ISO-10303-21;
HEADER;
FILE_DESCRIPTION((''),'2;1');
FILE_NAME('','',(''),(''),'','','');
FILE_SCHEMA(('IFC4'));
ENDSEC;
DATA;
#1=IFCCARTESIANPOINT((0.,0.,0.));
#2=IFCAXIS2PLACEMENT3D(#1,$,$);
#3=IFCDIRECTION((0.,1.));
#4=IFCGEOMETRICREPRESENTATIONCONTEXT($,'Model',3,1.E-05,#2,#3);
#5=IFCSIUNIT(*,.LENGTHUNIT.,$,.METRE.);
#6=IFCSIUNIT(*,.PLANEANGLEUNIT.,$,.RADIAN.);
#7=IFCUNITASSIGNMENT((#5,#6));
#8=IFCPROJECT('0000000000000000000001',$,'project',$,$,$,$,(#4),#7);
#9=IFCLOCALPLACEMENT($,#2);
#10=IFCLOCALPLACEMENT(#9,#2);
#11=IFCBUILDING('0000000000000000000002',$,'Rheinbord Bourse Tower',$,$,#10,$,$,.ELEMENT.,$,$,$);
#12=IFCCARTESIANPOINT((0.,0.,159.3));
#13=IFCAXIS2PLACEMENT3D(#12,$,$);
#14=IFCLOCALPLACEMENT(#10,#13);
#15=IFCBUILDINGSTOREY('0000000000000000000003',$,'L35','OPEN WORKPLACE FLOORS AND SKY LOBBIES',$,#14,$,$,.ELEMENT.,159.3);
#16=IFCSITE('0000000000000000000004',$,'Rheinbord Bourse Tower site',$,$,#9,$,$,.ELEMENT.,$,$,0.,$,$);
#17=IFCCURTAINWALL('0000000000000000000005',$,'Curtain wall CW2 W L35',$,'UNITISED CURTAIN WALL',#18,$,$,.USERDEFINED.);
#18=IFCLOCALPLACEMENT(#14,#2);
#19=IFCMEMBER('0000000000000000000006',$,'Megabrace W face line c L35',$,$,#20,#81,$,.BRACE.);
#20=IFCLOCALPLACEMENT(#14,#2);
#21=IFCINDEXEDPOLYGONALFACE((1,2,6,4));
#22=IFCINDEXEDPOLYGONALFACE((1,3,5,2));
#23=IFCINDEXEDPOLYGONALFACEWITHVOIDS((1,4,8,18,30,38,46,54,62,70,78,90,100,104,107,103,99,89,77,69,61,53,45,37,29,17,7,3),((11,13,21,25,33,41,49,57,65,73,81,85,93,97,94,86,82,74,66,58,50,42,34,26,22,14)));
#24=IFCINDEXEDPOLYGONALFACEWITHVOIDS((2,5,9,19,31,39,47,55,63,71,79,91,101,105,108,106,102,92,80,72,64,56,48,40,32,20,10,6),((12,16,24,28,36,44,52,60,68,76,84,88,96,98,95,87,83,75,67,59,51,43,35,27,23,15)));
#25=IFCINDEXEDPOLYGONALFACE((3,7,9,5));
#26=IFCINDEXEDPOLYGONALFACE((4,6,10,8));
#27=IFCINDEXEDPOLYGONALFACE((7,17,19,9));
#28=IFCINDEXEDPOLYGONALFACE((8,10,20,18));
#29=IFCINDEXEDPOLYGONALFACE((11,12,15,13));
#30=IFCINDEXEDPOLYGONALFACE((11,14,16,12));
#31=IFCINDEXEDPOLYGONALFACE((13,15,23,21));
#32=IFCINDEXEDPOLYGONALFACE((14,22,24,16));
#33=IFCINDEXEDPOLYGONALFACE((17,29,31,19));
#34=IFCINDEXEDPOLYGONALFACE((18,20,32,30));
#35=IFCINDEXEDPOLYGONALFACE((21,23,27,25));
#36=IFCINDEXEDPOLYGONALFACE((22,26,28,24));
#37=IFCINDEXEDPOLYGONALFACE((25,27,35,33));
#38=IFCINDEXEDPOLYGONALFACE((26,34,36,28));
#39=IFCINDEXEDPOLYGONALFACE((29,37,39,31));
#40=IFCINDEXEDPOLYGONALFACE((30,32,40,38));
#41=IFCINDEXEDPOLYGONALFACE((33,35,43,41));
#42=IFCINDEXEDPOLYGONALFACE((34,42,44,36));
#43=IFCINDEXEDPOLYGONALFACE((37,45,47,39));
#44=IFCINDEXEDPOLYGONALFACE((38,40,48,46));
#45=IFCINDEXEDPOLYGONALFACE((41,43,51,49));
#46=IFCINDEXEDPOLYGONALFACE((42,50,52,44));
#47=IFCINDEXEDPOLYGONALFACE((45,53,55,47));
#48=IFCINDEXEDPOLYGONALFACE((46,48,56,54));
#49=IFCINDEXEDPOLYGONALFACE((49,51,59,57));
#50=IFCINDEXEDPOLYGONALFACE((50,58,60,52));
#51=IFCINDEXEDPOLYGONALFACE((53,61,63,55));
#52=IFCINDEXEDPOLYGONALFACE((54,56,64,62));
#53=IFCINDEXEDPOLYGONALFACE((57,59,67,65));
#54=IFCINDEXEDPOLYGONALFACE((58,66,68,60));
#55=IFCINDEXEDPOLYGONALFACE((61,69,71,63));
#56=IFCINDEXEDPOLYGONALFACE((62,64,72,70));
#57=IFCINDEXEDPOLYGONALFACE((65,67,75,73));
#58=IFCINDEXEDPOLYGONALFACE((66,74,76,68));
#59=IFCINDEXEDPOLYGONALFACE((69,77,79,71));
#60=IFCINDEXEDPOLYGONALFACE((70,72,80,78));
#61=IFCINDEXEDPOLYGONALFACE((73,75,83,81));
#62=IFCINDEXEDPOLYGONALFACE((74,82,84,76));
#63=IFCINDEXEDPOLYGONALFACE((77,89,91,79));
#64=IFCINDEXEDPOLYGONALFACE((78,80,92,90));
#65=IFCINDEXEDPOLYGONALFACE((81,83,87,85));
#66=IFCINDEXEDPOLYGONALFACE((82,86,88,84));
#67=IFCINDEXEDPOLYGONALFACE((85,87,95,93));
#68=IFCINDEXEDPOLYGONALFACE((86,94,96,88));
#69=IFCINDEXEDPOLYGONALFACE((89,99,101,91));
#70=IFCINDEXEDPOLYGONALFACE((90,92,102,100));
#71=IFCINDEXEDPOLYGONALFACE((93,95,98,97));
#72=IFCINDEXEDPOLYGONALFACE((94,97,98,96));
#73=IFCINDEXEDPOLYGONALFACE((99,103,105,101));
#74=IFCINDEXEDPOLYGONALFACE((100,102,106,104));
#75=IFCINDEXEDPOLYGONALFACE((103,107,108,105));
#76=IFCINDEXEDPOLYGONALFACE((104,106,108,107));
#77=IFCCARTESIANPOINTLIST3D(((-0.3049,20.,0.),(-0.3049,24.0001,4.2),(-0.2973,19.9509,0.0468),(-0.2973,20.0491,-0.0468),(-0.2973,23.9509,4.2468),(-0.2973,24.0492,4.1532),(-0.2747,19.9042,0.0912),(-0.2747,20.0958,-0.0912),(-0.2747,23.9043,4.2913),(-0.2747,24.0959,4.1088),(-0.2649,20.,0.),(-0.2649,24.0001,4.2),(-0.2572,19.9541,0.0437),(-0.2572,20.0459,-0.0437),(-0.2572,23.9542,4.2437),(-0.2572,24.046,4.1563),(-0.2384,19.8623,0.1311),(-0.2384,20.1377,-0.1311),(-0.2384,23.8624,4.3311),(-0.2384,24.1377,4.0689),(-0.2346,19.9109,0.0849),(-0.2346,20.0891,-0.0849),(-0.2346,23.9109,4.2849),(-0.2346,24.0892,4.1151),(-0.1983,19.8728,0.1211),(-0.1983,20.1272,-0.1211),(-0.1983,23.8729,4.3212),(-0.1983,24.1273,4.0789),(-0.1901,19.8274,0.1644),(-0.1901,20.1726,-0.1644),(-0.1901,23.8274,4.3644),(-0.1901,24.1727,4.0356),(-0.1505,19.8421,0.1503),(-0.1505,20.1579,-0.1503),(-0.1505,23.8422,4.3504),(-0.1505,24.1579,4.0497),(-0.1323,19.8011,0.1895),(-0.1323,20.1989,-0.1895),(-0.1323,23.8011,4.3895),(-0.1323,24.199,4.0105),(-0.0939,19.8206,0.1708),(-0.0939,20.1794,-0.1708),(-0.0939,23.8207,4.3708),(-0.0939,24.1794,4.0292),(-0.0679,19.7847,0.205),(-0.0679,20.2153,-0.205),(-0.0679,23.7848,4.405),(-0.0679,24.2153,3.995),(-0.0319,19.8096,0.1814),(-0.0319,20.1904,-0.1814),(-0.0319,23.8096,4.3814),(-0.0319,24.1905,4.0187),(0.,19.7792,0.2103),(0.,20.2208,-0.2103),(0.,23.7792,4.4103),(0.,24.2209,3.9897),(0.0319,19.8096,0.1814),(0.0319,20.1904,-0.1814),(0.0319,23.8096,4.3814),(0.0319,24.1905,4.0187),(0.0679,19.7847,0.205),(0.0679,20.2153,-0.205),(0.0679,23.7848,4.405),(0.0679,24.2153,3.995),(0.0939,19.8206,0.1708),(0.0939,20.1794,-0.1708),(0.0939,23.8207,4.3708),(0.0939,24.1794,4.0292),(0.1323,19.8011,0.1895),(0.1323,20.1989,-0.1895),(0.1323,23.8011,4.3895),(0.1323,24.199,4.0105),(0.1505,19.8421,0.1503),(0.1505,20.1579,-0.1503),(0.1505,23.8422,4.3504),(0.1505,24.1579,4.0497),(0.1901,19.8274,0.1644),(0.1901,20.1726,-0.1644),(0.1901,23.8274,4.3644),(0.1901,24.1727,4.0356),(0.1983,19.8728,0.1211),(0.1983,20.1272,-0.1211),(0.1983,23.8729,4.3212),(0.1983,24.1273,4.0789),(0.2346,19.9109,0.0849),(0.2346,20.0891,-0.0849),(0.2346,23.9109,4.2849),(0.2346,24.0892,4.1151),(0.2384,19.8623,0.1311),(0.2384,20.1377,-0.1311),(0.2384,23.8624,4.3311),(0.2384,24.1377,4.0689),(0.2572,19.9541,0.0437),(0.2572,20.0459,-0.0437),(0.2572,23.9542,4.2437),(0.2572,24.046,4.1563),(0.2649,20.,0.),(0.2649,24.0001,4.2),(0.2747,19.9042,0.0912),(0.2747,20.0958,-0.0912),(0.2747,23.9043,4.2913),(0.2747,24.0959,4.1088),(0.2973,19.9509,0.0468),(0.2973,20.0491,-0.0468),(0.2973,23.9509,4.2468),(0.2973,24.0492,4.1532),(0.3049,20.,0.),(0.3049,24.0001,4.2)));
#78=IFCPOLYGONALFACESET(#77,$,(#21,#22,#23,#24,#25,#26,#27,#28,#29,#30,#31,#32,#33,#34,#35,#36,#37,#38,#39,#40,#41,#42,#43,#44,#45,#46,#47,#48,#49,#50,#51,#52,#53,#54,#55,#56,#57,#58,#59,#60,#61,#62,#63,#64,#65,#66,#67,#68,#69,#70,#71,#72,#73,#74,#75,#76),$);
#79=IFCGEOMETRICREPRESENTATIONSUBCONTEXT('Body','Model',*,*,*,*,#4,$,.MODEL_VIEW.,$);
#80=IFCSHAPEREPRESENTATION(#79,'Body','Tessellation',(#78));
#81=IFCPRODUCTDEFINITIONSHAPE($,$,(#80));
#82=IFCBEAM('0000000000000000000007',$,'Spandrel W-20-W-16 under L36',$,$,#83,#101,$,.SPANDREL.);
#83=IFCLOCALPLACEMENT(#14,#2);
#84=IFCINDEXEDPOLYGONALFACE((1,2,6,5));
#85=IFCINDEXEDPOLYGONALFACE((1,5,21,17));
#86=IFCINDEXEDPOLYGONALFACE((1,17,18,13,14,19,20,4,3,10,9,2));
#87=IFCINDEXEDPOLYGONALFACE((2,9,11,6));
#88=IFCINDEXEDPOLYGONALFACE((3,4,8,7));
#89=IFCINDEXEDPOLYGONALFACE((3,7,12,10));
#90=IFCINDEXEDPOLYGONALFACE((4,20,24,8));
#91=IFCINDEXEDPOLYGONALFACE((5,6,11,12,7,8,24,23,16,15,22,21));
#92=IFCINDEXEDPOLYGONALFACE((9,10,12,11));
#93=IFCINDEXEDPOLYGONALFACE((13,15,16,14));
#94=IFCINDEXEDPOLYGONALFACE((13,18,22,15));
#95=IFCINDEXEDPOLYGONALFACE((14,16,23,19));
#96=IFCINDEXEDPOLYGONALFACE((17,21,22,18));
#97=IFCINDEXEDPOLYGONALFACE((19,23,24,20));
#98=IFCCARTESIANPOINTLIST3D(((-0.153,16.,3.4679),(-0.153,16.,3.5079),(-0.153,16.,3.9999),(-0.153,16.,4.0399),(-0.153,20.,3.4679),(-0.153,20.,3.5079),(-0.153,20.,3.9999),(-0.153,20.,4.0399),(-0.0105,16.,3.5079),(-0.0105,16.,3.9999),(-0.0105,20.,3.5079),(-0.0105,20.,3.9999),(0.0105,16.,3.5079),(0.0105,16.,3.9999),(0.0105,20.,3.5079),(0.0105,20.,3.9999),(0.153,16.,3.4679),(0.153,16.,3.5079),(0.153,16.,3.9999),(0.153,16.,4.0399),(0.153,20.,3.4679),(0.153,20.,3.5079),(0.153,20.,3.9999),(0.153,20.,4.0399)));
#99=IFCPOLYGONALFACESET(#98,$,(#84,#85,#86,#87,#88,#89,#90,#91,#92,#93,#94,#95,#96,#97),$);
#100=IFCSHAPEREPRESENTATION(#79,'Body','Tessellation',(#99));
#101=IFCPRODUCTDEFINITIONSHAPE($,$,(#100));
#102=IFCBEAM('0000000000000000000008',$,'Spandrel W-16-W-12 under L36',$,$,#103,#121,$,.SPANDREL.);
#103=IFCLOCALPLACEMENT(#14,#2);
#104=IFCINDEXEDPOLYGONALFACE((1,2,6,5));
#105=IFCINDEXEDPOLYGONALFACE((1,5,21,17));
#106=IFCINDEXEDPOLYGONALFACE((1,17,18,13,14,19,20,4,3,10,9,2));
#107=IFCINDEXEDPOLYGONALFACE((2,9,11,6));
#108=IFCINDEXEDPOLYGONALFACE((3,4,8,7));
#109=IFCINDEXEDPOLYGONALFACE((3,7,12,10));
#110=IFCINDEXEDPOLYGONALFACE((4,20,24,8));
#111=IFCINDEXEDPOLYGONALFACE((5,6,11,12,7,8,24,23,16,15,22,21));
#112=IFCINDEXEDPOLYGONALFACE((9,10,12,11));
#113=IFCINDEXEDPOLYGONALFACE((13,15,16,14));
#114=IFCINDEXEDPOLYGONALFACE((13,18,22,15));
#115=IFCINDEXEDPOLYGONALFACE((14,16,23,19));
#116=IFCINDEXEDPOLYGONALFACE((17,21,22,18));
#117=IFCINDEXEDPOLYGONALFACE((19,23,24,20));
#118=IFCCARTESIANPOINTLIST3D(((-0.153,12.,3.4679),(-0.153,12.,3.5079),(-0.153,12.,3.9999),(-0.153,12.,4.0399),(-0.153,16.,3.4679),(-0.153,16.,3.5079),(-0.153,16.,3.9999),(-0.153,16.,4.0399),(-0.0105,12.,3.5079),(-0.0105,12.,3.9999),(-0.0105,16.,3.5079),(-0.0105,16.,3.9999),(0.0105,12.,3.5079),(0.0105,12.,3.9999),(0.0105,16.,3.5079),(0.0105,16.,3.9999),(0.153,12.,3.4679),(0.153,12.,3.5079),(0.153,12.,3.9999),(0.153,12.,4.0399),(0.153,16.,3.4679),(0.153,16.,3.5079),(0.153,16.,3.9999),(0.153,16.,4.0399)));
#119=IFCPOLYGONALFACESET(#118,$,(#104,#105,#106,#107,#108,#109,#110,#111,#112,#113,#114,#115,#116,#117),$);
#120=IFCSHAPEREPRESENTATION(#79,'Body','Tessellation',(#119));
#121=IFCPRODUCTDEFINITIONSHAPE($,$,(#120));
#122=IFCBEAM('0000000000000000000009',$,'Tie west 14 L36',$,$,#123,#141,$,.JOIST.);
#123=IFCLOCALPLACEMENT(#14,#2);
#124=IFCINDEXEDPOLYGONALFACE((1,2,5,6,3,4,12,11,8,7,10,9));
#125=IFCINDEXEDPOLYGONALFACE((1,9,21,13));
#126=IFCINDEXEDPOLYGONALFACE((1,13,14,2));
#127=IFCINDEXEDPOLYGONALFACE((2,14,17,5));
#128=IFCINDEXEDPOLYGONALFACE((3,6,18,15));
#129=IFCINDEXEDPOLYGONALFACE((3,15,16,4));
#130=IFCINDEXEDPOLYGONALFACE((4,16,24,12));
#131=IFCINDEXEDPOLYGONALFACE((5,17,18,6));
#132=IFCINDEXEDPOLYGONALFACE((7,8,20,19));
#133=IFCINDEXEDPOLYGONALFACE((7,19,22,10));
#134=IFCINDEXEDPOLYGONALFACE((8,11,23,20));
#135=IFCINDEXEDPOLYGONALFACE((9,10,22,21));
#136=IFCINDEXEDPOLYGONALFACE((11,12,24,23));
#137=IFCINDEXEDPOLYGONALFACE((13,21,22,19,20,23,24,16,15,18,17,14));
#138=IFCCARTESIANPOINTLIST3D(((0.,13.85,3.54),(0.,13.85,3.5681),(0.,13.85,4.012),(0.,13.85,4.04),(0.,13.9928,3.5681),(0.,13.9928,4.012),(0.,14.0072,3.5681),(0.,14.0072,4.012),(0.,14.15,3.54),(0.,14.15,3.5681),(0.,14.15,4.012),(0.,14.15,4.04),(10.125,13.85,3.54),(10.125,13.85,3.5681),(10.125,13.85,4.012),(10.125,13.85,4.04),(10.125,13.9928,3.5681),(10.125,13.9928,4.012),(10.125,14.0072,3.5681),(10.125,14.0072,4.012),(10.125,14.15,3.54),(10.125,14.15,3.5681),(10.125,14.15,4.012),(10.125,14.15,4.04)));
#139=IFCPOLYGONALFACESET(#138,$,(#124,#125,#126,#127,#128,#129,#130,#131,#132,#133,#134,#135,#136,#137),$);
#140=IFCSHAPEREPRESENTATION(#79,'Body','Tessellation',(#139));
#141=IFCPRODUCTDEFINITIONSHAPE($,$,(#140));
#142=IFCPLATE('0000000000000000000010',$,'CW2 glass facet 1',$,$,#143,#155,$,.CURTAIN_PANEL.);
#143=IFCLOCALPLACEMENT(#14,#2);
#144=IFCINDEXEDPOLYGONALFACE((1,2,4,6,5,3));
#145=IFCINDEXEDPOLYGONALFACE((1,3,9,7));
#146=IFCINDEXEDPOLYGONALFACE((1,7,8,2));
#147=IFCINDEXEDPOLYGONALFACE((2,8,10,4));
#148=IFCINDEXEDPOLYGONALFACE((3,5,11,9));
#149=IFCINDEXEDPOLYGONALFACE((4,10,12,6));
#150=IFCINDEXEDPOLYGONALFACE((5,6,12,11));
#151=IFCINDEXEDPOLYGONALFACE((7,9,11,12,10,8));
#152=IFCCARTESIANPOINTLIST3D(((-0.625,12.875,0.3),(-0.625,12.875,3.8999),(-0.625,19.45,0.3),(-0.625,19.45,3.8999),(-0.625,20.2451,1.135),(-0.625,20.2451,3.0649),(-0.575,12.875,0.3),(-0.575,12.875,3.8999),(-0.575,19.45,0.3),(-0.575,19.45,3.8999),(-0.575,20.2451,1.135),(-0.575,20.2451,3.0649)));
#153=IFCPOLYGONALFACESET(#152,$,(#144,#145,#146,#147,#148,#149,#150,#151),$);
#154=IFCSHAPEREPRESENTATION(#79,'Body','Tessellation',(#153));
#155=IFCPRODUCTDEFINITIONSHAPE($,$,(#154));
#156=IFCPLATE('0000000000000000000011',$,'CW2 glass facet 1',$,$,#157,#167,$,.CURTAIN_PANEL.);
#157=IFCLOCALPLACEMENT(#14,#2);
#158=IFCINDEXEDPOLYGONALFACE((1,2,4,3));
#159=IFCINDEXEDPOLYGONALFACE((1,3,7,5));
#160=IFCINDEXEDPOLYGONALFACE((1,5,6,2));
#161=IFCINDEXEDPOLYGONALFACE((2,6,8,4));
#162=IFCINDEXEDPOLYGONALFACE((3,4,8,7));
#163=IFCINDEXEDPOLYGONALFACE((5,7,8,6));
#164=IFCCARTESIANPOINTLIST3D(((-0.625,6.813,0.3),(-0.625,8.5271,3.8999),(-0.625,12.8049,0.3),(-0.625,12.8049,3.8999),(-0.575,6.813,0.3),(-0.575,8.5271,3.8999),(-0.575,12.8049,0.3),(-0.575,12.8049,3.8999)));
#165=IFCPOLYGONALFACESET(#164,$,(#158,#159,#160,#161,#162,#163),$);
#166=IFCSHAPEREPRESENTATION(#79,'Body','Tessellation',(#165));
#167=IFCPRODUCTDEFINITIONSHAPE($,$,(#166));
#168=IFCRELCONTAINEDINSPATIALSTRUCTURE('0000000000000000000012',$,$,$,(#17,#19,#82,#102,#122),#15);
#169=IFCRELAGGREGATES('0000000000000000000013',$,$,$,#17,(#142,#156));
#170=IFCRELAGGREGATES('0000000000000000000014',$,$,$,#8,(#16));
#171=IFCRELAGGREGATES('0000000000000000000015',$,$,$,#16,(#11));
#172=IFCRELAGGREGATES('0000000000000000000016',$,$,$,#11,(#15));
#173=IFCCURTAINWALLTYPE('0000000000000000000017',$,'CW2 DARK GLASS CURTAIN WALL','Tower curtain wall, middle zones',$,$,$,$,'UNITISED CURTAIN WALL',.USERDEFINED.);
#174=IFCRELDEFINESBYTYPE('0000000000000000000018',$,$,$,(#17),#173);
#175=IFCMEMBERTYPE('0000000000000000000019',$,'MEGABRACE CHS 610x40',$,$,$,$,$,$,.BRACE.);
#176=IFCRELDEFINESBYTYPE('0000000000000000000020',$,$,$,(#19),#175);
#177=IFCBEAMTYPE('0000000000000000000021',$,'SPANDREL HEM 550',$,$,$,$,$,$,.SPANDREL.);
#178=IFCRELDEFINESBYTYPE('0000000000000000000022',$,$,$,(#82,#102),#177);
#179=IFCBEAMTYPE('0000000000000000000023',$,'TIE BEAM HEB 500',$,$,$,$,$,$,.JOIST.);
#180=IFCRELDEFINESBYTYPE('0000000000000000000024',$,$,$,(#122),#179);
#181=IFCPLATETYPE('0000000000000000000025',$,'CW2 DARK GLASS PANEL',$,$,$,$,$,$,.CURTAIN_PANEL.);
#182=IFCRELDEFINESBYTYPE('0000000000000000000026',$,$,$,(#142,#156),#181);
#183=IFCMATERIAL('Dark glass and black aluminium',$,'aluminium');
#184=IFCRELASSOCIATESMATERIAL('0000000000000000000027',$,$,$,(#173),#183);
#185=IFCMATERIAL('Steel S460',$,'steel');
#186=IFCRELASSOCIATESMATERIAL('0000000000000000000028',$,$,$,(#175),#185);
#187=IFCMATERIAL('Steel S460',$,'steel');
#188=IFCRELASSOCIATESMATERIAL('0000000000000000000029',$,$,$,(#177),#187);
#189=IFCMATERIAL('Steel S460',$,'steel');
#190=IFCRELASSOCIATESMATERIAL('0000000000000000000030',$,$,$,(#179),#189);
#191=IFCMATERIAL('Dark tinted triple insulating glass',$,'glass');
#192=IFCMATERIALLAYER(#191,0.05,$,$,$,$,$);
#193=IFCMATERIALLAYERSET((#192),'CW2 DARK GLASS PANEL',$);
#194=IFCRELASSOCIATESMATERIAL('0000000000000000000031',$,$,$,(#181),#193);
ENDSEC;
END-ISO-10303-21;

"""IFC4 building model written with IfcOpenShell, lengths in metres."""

from ifc_helpers import new_model, si_unit, direction, frame, origin, origin_2d, place, context, subcontext, project, spatial, polyline, hollow_circle, i_section, outline, extrude, material, layer, layer_set, material_profile, profile_set, type_object, element, aggregate, save


model = new_model("IFC4")

# Units and contexts
model_context = context("Model", 3, precision=1e-05, world=origin(), true_north=direction((0.0, 1.0)))
body_context = subcontext(model_context, "Body", "Model", "MODEL_VIEW")
ifc_project = project(units=[si_unit("LENGTHUNIT", "METRE"), si_unit("PLANEANGLEUNIT", "RADIAN")], contexts=[model_context])

# Site, building, storey
site_placement = place(None, origin())
site = spatial("IfcSite", under=ifc_project, at=site_placement, Name="Rheinbord Bourse Tower site", CompositionType="ELEMENT", RefElevation=0.0)
building_placement = place(site_placement, origin())
building = spatial("IfcBuilding", under=site, at=building_placement, Name="Rheinbord Bourse Tower", CompositionType="ELEMENT")
storey_placement = place(building_placement, frame((0.0, 0.0, 159.3)))
storey = spatial("IfcBuildingStorey", under=building, at=storey_placement, Name="L35", Description="OPEN WORKPLACE FLOORS AND SKY LOBBIES", CompositionType="ELEMENT", Elevation=159.3)

# Curtain wall
ifc_material_1 = material(Name="Dark glass and black aluminium", Category="aluminium")
curtain_wall_type = type_object("IfcCurtainWallType", Name="CW2 DARK GLASS CURTAIN WALL", Description="Tower curtain wall, middle zones", ElementType="UNITISED CURTAIN WALL", PredefinedType="USERDEFINED", material=ifc_material_1)
curtain_wall_placement = place(storey_placement, origin())
curtain_wall = element("IfcCurtainWall", 1, at=curtain_wall_placement, inside=storey, type_object=curtain_wall_type, Name="Curtain wall CW2 W L35", ObjectType="UNITISED CURTAIN WALL", PredefinedType="USERDEFINED")

# Member
ifc_material_2 = material(Name="Steel S460", Category="steel")
ifc_material_profile_1 = material_profile(ifc_material_2, hollow_circle(Radius=0.3049, WallThickness=0.04, at=origin_2d()), Name="CHS 610x40")
ifc_profile_set_1 = profile_set([ifc_material_profile_1], Name="Steel S460")
member_type_1 = type_object("IfcMemberType", Name="MEGABRACE CHS 610x40", PredefinedType="BRACE", material=ifc_profile_set_1)
member_1_placement = place(storey_placement, frame((0.0, 20.0, 0.0), z_axis=(0.0, 0.689659, 0.724134), x_axis=(-1.0, 0.0, 0.0)))
element("IfcMember", 2, at=member_1_placement, inside=storey, type_object=member_type_1, Name="Megabrace W face line c L35", PredefinedType="BRACE", context=body_context, shape_type="SweptSolid", body=[
    extrude(hollow_circle(Radius=0.3049, WallThickness=0.04, at=origin_2d()), origin(), (0.0, 0.0, 1.0), 5.8),
])

# Beams
ifc_material_3 = material(Name="Steel S460", Category="steel")
ifc_material_profile_2 = material_profile(ifc_material_3, i_section(OverallWidth=0.3059, OverallDepth=0.572, WebThickness=0.021, FlangeThickness=0.04, at=origin_2d()), Name="HEM 550")
ifc_profile_set_2 = profile_set([ifc_material_profile_2], Name="Steel S460")
beam_type_1 = type_object("IfcBeamType", Name="SPANDREL HEM 550", PredefinedType="SPANDREL", material=ifc_profile_set_2)
for number, where, z_axis, x_axis, name in (
    (3, (0.0, 20.0, 3.7539), (0.0, -1.0, 0.0), (1.0, 0.0, 0.0), "Spandrel W-20-W-16 under L36"),
    (4, (0.0, 16.0, 3.7539), (0.0, -1.0, 0.0), (1.0, 0.0, 0.0), "Spandrel W-16-W-12 under L36"),
):
    element("IfcBeam", number, at=place(storey_placement, frame(where, z_axis=z_axis, x_axis=x_axis)), inside=storey, type_object=beam_type_1, Name=name, PredefinedType="SPANDREL", context=body_context, shape_type="SweptSolid", body=[
        extrude(i_section(OverallWidth=0.3059, OverallDepth=0.572, WebThickness=0.021, FlangeThickness=0.04, at=origin_2d()), origin(), (0.0, 0.0, 1.0), 4.0),
    ])
ifc_material_4 = material(Name="Steel S460", Category="steel")
ifc_material_profile_3 = material_profile(ifc_material_4, i_section(OverallWidth=0.3, OverallDepth=0.5, WebThickness=0.0144, FlangeThickness=0.0281, at=origin_2d()), Name="HEB 500")
ifc_profile_set_3 = profile_set([ifc_material_profile_3], Name="Steel S460")
beam_type_2 = type_object("IfcBeamType", Name="TIE BEAM HEB 500", PredefinedType="JOIST", material=ifc_profile_set_3)
beam_1_placement = place(storey_placement, frame((0.0, 14.0, 3.79), z_axis=(1.0, 0.0, 0.0), x_axis=(0.0, 1.0, 0.0)))
element("IfcBeam", 5, at=beam_1_placement, inside=storey, type_object=beam_type_2, Name="Tie west 14 L36", PredefinedType="JOIST", context=body_context, shape_type="SweptSolid", body=[
    extrude(i_section(OverallWidth=0.3, OverallDepth=0.5, WebThickness=0.0144, FlangeThickness=0.0281, at=origin_2d()), origin(), (0.0, 0.0, 1.0), 10.125),
])

# Plates
ifc_material_5 = material(Name="Dark tinted triple insulating glass", Category="glass")
ifc_layer = layer(ifc_material_5, 0.05)
ifc_layer_set = layer_set([ifc_layer], Name="CW2 DARK GLASS PANEL")
plate_type = type_object("IfcPlateType", Name="CW2 DARK GLASS PANEL", PredefinedType="CURTAIN_PANEL", material=ifc_layer_set)
plate_1_placement = place(storey_placement, frame((-0.625, 12.875, 3.8999), z_axis=(1.0, 0.0, 0.0), x_axis=(0.0, 0.0, -1.0)))
plate_1 = element("IfcPlate", 6, at=plate_1_placement, type_object=plate_type, Name="CW2 glass facet 1", PredefinedType="CURTAIN_PANEL", context=body_context, shape_type="SweptSolid", body=[
    extrude(outline(polyline([(0.0, 0.0), (3.5999, 0.0), (3.5999, 6.575), (2.7649, 7.3701), (0.835, 7.3701), (0.0, 6.575), (0.0, 0.0)])), origin(), (0.0, 0.0, 1.0), 0.05),
])
plate_2_placement = place(storey_placement, frame((-0.625, 12.8049, 0.3), z_axis=(1.0, 0.0, 0.0), x_axis=(0.0, 0.0, 1.0)))
plate_2 = element("IfcPlate", 7, at=plate_2_placement, type_object=plate_type, Name="CW2 glass facet 1", PredefinedType="CURTAIN_PANEL", context=body_context, shape_type="SweptSolid", body=[
    extrude(outline(polyline([(0.0, 0.0), (3.5999, 0.0), (3.5999, 4.2778), (0.0, 5.9919), (0.0, 0.0)])), origin(), (0.0, 0.0, 1.0), 0.05),
])
aggregate(curtain_wall, [plate_1, plate_2])

save(model, "model.ifc")
